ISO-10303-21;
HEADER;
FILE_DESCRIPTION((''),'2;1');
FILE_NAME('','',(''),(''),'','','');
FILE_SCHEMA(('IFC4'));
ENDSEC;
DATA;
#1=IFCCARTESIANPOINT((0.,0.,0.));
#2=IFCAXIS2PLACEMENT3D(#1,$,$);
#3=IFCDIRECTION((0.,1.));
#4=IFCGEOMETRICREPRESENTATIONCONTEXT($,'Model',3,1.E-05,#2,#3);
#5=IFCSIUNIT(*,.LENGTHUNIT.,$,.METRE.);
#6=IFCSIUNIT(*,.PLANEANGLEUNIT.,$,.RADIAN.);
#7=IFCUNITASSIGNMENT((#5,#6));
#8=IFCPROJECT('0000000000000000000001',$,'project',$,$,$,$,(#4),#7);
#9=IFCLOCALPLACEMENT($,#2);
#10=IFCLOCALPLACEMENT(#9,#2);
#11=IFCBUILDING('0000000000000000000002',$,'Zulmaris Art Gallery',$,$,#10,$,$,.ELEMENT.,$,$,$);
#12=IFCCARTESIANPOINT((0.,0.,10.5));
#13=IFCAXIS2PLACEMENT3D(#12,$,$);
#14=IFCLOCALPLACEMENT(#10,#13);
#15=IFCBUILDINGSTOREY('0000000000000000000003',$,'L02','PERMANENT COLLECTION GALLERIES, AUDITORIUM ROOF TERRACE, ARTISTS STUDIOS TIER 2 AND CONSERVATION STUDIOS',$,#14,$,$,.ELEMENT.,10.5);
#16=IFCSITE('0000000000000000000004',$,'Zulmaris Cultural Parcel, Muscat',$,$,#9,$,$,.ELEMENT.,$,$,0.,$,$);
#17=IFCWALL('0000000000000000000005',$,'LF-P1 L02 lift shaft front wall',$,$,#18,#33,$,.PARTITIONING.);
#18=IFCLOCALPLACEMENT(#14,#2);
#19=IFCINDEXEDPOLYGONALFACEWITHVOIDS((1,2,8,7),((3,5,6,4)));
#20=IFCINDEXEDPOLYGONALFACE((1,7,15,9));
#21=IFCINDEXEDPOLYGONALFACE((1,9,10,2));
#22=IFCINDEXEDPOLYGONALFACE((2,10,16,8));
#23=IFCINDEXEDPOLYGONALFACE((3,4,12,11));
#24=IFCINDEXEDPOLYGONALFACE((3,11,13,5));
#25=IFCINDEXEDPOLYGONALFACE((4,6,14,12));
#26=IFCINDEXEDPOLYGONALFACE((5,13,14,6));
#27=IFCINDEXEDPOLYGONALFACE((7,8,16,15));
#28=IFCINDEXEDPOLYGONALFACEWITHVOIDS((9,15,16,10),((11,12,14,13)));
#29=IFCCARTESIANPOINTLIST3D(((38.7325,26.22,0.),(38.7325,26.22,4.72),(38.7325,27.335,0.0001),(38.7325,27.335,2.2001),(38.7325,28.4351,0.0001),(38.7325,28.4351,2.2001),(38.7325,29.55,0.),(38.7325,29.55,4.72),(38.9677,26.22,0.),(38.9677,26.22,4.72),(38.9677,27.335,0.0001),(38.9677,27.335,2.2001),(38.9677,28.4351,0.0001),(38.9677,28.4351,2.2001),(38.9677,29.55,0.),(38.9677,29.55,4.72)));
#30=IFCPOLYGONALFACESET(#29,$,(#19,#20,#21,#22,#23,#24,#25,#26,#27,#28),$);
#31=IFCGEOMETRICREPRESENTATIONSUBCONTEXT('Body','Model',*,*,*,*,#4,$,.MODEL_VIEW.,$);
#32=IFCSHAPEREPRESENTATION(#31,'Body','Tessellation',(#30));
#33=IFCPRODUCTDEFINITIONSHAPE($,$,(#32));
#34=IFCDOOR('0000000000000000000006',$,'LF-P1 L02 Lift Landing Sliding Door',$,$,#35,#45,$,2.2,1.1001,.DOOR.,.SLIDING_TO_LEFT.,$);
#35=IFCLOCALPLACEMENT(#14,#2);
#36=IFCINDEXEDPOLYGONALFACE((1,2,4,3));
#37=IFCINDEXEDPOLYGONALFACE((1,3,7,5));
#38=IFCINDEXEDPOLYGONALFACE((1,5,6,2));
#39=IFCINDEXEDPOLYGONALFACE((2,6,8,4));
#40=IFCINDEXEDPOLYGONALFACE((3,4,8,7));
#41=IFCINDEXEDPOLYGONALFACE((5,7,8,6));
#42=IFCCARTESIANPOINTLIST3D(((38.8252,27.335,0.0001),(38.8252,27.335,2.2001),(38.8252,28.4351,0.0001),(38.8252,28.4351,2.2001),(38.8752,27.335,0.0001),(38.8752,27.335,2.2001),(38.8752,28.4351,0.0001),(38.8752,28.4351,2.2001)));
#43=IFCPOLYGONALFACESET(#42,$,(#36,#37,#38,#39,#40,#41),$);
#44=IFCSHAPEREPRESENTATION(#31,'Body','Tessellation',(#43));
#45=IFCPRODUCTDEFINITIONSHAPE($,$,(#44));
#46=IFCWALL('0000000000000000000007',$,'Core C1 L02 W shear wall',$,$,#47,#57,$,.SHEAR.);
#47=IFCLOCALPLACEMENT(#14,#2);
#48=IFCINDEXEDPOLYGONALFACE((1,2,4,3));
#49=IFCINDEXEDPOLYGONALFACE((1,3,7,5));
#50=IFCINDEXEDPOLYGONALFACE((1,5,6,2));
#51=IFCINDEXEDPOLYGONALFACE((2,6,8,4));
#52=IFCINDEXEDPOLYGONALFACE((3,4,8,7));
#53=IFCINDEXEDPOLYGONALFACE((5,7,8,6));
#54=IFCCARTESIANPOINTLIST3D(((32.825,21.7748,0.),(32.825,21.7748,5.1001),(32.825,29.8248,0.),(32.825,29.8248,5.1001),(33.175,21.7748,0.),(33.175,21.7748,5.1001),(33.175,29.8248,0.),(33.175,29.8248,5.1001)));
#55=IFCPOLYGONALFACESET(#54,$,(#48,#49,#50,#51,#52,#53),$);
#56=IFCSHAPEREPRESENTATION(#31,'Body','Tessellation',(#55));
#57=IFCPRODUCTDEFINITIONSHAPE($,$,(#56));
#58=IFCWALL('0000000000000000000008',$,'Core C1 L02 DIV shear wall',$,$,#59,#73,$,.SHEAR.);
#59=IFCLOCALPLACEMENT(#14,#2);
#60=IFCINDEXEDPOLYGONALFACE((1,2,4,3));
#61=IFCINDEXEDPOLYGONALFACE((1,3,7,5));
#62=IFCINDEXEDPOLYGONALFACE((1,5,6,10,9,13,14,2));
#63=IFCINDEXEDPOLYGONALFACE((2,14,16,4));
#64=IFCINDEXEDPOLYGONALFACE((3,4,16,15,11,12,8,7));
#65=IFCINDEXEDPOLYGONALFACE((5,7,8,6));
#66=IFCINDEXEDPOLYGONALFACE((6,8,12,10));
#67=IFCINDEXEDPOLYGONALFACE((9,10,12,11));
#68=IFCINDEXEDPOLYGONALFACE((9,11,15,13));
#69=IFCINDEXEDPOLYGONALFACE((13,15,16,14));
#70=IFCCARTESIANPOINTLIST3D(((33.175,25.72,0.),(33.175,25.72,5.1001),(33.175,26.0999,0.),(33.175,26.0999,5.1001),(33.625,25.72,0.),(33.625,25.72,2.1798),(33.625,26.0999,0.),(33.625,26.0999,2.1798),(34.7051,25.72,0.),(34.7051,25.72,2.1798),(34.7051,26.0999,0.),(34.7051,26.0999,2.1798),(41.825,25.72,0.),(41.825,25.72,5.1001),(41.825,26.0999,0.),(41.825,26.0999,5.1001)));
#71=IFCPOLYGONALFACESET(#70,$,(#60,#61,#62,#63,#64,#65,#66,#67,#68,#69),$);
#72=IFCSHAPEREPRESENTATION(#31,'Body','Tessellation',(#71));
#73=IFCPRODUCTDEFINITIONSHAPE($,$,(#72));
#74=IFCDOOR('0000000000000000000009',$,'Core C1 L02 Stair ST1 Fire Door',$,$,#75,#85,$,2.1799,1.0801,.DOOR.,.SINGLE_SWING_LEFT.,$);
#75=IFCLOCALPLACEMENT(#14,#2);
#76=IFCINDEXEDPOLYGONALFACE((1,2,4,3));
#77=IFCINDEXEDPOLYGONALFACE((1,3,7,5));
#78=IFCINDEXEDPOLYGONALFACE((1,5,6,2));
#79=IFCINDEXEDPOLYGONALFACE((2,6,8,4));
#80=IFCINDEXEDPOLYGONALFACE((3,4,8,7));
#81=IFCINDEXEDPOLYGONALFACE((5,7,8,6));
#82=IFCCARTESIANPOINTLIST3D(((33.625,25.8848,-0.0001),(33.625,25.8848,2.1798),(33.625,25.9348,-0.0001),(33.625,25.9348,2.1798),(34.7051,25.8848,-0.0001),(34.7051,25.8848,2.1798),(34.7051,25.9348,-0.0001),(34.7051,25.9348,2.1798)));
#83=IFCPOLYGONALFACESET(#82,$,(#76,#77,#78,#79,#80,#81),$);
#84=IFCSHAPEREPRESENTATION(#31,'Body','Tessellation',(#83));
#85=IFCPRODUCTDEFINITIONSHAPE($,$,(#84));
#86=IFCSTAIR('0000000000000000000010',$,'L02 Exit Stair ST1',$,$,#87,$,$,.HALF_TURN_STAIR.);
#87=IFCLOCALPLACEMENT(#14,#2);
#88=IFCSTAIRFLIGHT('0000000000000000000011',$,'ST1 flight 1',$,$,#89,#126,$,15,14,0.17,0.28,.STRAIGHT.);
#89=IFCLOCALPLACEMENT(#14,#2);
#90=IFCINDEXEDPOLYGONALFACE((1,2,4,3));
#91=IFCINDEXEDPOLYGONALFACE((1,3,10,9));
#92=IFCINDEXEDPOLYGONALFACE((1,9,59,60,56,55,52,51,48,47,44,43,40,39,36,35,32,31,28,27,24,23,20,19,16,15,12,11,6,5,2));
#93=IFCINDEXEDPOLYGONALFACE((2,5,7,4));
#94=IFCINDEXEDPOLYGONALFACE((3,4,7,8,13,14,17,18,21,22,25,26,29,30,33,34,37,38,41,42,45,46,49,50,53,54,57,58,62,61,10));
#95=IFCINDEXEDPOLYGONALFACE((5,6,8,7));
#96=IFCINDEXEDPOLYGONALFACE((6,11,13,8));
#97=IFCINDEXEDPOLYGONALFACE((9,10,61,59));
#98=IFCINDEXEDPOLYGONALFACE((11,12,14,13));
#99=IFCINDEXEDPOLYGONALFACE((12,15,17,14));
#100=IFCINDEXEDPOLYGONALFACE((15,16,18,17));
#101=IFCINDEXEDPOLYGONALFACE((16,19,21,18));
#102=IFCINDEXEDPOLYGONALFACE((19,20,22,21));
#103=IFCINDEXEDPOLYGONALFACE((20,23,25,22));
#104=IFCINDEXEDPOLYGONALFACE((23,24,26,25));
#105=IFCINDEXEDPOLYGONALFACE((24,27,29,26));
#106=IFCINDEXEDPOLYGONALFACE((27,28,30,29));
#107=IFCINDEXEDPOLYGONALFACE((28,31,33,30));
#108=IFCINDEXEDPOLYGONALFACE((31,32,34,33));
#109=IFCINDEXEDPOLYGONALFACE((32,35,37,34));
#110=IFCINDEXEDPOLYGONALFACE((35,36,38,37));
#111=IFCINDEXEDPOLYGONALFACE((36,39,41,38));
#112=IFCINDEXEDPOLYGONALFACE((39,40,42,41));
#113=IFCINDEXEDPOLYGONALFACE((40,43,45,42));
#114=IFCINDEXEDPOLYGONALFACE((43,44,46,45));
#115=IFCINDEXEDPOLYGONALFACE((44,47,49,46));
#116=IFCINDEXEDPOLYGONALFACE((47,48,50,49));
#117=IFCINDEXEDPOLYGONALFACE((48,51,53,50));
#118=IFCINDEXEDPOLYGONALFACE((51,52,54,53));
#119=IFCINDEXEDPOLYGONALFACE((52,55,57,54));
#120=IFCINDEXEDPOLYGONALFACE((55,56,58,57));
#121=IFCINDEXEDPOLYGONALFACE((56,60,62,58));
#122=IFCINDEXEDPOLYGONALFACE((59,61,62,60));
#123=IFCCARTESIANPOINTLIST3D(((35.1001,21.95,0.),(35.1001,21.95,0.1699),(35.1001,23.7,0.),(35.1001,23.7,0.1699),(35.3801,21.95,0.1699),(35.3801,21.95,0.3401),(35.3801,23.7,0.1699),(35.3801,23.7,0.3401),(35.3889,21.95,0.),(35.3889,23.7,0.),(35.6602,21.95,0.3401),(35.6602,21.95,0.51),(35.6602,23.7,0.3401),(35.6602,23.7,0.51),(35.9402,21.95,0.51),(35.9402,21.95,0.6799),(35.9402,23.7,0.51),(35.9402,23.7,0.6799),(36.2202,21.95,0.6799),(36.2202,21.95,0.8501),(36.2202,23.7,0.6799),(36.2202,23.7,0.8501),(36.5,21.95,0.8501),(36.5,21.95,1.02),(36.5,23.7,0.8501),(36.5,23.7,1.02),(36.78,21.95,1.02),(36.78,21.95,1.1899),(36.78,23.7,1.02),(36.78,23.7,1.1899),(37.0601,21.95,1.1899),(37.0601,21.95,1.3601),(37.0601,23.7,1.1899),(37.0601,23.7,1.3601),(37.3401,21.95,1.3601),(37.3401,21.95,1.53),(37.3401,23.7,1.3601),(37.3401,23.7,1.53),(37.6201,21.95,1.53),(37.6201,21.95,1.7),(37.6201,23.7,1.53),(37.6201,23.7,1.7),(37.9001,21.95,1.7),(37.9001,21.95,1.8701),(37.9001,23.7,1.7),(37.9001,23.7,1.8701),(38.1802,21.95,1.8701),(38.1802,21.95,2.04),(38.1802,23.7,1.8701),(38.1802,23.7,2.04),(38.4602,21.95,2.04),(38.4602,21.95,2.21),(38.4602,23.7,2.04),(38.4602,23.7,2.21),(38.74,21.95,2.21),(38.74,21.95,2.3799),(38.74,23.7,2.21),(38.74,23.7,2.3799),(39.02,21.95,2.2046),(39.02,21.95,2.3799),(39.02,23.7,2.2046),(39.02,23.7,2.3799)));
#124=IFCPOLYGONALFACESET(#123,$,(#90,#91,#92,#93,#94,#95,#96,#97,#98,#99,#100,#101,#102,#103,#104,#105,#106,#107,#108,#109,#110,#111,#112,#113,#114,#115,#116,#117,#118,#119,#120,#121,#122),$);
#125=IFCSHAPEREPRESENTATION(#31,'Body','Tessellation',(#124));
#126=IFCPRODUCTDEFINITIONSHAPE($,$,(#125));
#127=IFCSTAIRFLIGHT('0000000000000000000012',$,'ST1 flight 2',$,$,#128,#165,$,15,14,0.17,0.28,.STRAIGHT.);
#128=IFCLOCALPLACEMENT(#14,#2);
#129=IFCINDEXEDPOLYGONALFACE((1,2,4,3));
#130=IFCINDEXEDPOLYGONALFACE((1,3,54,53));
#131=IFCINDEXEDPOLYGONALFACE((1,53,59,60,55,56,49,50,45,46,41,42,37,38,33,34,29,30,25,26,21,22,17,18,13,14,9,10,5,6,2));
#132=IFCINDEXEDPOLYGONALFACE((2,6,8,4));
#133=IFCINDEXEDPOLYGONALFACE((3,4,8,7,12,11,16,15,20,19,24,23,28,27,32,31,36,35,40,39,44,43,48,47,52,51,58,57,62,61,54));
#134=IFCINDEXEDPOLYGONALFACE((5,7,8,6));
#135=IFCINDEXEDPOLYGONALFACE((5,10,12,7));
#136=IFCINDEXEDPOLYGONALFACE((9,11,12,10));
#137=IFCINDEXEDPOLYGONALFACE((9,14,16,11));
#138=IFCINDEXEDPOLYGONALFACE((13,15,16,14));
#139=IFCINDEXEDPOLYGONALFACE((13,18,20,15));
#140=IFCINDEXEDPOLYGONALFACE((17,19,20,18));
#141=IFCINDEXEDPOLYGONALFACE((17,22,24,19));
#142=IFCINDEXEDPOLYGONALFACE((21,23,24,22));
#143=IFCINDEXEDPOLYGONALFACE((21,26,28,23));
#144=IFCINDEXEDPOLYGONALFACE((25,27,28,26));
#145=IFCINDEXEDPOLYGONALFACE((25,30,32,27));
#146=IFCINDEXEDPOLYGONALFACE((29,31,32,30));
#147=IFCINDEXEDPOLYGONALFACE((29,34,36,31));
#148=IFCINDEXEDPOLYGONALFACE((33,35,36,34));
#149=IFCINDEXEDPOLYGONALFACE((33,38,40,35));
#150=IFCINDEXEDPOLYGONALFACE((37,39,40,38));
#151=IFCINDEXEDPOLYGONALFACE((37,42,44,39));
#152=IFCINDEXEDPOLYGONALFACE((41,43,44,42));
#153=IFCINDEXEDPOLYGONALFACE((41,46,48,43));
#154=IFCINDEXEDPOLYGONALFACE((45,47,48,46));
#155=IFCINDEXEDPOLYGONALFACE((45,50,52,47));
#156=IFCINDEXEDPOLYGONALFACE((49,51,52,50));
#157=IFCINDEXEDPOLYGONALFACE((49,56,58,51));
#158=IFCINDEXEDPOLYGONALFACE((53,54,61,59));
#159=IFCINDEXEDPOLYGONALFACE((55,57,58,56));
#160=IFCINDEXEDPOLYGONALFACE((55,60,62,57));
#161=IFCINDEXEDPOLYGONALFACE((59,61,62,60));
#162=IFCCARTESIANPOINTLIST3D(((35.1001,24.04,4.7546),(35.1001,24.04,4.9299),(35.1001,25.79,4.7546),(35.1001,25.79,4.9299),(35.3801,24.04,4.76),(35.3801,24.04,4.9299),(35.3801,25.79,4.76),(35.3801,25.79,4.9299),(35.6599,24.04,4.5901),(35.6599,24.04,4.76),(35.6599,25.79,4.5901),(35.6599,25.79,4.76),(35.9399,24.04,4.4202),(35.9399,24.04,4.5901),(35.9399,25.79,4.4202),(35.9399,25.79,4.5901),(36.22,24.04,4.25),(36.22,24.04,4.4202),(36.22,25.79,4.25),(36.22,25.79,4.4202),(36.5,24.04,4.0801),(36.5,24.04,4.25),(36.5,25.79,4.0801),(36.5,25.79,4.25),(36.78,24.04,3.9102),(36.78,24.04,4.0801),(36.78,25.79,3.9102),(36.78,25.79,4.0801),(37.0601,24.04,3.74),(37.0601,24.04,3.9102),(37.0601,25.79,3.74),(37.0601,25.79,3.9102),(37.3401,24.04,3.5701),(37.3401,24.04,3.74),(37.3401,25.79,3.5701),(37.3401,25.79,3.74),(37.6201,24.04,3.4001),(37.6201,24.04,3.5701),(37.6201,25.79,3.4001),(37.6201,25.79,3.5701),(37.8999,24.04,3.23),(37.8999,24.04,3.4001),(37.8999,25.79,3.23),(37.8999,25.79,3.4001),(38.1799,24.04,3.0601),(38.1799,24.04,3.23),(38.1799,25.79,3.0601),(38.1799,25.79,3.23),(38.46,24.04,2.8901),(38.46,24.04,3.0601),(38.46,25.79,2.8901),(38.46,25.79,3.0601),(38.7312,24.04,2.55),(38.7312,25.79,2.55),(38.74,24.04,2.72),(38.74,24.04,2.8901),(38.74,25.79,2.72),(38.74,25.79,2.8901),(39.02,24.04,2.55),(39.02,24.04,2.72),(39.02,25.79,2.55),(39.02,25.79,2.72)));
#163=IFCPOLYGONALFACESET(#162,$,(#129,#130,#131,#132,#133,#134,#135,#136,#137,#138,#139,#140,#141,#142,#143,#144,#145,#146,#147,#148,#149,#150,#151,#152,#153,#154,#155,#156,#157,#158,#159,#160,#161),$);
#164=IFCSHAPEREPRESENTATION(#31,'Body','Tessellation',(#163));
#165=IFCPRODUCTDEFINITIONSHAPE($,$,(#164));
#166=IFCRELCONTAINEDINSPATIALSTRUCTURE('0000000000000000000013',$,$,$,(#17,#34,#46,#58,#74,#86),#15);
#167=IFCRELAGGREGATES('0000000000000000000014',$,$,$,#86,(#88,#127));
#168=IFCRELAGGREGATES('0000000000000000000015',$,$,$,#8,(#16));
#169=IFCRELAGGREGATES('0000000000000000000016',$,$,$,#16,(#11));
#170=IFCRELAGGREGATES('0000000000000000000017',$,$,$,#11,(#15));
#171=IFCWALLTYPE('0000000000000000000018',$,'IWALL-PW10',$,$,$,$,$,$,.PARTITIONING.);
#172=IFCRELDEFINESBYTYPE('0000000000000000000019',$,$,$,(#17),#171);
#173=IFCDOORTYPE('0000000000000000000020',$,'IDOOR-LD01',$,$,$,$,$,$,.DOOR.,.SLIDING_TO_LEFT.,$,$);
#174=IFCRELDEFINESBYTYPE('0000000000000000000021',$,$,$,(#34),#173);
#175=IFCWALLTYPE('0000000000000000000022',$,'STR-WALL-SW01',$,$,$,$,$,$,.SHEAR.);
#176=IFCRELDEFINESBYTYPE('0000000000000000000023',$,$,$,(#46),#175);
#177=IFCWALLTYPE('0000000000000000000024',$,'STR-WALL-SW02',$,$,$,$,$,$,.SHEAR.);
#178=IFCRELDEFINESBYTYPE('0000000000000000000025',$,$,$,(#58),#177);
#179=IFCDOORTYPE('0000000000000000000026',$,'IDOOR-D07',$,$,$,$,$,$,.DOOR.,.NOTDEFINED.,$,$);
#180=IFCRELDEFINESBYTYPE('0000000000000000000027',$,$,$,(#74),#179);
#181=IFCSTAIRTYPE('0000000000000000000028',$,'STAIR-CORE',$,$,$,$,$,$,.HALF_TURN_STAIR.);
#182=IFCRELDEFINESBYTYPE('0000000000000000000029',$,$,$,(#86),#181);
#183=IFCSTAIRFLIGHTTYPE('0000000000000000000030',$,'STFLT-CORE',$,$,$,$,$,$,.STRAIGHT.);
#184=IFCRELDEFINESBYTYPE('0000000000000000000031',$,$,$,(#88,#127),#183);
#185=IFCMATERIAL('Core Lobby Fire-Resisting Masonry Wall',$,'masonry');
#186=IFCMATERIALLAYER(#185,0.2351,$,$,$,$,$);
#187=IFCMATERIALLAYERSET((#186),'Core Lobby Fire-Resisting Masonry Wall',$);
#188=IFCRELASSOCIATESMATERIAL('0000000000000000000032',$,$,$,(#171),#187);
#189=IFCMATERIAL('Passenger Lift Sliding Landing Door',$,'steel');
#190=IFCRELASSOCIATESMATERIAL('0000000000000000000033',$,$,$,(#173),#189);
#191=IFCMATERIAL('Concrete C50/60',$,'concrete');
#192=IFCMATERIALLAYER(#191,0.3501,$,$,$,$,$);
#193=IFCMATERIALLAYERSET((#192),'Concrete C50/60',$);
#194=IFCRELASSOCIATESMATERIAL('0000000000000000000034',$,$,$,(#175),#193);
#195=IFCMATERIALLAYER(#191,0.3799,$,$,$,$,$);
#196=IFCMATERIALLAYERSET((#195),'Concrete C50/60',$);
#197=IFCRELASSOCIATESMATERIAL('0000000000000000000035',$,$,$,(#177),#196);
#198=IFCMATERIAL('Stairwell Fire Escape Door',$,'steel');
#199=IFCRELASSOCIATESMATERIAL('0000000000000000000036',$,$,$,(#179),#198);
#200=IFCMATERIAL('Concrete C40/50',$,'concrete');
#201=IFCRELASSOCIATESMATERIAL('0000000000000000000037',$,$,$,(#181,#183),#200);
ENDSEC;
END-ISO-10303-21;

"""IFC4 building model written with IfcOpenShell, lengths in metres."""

from ifc_helpers import new_model, si_unit, direction, frame, frame_2d, origin, place, context, subcontext, project, spatial, polyline, rectangle, outline, extrude, material, layer, layer_set, type_object, element, fill, aggregate, save


model = new_model("IFC4")

# Units and contexts
model_context = context("Model", 3, precision=1e-05, world=origin(), true_north=direction((0.0, 1.0)))
body_context = subcontext(model_context, "Body", "Model", "MODEL_VIEW")
ifc_project = project(units=[si_unit("LENGTHUNIT", "METRE"), si_unit("PLANEANGLEUNIT", "RADIAN")], contexts=[model_context])

# Site, building, storey
site_placement = place(None, origin())
site = spatial("IfcSite", under=ifc_project, at=site_placement, Name="Zulmaris Cultural Parcel, Muscat", CompositionType="ELEMENT", RefElevation=0.0)
building_placement = place(site_placement, origin())
building = spatial("IfcBuilding", under=site, at=building_placement, Name="Zulmaris Art Gallery", CompositionType="ELEMENT")
storey_placement = place(building_placement, frame((0.0, 0.0, 10.5)))
storey = spatial("IfcBuildingStorey", under=building, at=storey_placement, Name="L02", Description="PERMANENT COLLECTION GALLERIES, AUDITORIUM ROOF TERRACE, ARTISTS STUDIOS TIER 2 AND CONSERVATION STUDIOS", CompositionType="ELEMENT", Elevation=10.5)

# Shared definitions
ifc_material_1 = material(Name="Concrete C40/50", Category="concrete")
ifc_material_2 = material(Name="Concrete C50/60", Category="concrete")

# Wall, opening, door
ifc_material_3 = material(Name="Core Lobby Fire-Resisting Masonry Wall", Category="masonry")
ifc_layer_1 = layer(ifc_material_3, 0.2351)
ifc_layer_set_1 = layer_set([ifc_layer_1], Name="Core Lobby Fire-Resisting Masonry Wall")
wall_type_1 = type_object("IfcWallType", Name="IWALL-PW10", PredefinedType="PARTITIONING", material=ifc_layer_set_1)
wall_1_placement = place(storey_placement, frame((38.8501, 26.22, 0.0), z_axis=(0.0, 0.0, 1.0), x_axis=(0.0, 1.0, 0.0)))
wall_1 = element("IfcWall", 1, at=wall_1_placement, inside=storey, type_object=wall_type_1, Name="LF-P1 L02 lift shaft front wall", PredefinedType="PARTITIONING", context=body_context, shape_type="SweptSolid", body=[
    extrude(rectangle(XDim=3.3301, YDim=0.2351, at=frame_2d((1.665, 0.0))), origin(), (0.0, 0.0, 1.0), 4.72),
])
opening_1_placement = place(wall_1_placement, frame((1.115, 0.0, 0.0)))
opening_1 = element("IfcOpeningElement", 2, at=opening_1_placement, cuts=wall_1, PredefinedType="OPENING", context=body_context, shape_type="SweptSolid", body=[
    extrude(rectangle(XDim=1.1001, YDim=2.2, at=frame_2d((0.55, 1.1001))), frame((0.0, 0.1274, 0.0), z_axis=(0.0, -1.0, 0.0), x_axis=(1.0, 0.0, 0.0)), (0.0, 0.0, 1.0), 0.2551),
])
ifc_material_4 = material(Name="Passenger Lift Sliding Landing Door", Category="steel")
door_type_1 = type_object("IfcDoorType", Name="IDOOR-LD01", OperationType="SLIDING_TO_LEFT", PredefinedType="DOOR", material=ifc_material_4)
door_1_placement = place(opening_1_placement, origin())
door_1 = element("IfcDoor", 3, at=door_1_placement, inside=storey, type_object=door_type_1, Name="LF-P1 L02 Lift Landing Sliding Door", OperationType="SLIDING_TO_LEFT", OverallHeight=2.2, OverallWidth=1.1001, PredefinedType="DOOR", context=body_context, shape_type="SweptSolid", body=[
    extrude(rectangle(XDim=1.1001, YDim=2.2, at=frame_2d((0.55, 1.1001))), frame((0.0, 0.0249, 0.0), z_axis=(0.0, -1.0, 0.0), x_axis=(1.0, 0.0, 0.0)), (0.0, 0.0, 1.0), 0.05),
])
fill(opening_1, door_1)

# Wall
ifc_layer_2 = layer(ifc_material_2, 0.3501)
ifc_layer_set_2 = layer_set([ifc_layer_2], Name="Concrete C50/60")
wall_type_2 = type_object("IfcWallType", Name="STR-WALL-SW01", PredefinedType="SHEAR", material=ifc_layer_set_2)
wall_2_placement = place(storey_placement, frame((33.0, 21.7749, 0.0), z_axis=(0.0, 0.0, 1.0), x_axis=(0.0, 1.0, 0.0)))
element("IfcWall", 4, at=wall_2_placement, inside=storey, type_object=wall_type_2, Name="Core C1 L02 W shear wall", PredefinedType="SHEAR", context=body_context, shape_type="SweptSolid", body=[
    extrude(rectangle(XDim=8.05, YDim=0.3501, at=frame_2d((4.0249, 0.0))), origin(), (0.0, 0.0, 1.0), 5.1001),
])

# Wall, opening, door
ifc_layer_3 = layer(ifc_material_2, 0.3799)
ifc_layer_set_3 = layer_set([ifc_layer_3], Name="Concrete C50/60")
wall_type_3 = type_object("IfcWallType", Name="STR-WALL-SW02", PredefinedType="SHEAR", material=ifc_layer_set_3)
wall_3_placement = place(storey_placement, frame((33.175, 25.9099, 0.0), z_axis=(0.0, 0.0, 1.0), x_axis=(1.0, 0.0, 0.0)))
wall_3 = element("IfcWall", 5, at=wall_3_placement, inside=storey, type_object=wall_type_3, Name="Core C1 L02 DIV shear wall", PredefinedType="SHEAR", context=body_context, shape_type="SweptSolid", body=[
    extrude(rectangle(XDim=8.6499, YDim=0.3799, at=frame_2d((4.325, 0.0))), origin(), (0.0, 0.0, 1.0), 5.1001),
])
opening_2_placement = place(wall_3_placement, frame((0.45, 0.0, 0.0)))
opening_2 = element("IfcOpeningElement", 6, at=opening_2_placement, cuts=wall_3, PredefinedType="OPENING", context=body_context, shape_type="SweptSolid", body=[
    extrude(rectangle(XDim=1.0801, YDim=2.1799, at=frame_2d((0.54, 1.0898))), frame((0.0, 0.2, 0.0), z_axis=(0.0, -1.0, 0.0), x_axis=(1.0, 0.0, 0.0)), (0.0, 0.0, 1.0), 0.3999),
])
ifc_material_5 = material(Name="Stairwell Fire Escape Door", Category="steel")
door_type_2 = type_object("IfcDoorType", Name="IDOOR-D07", OperationType="NOTDEFINED", PredefinedType="DOOR", material=ifc_material_5)
door_2_placement = place(opening_2_placement, origin())
door_2 = element("IfcDoor", 7, at=door_2_placement, inside=storey, type_object=door_type_2, Name="Core C1 L02 Stair ST1 Fire Door", OperationType="SINGLE_SWING_LEFT", OverallHeight=2.1799, OverallWidth=1.0801, PredefinedType="DOOR", context=body_context, shape_type="SweptSolid", body=[
    extrude(rectangle(XDim=1.0801, YDim=2.1799, at=frame_2d((0.54, 1.0898))), frame((0.0, 0.0249, 0.0), z_axis=(0.0, -1.0, 0.0), x_axis=(1.0, 0.0, 0.0)), (0.0, 0.0, 1.0), 0.05),
])
fill(opening_2, door_2)

# Stair, stair flights
stair_type = type_object("IfcStairType", Name="STAIR-CORE", PredefinedType="HALF_TURN_STAIR", material=ifc_material_1)
stair_placement = place(storey_placement, origin())
stair = element("IfcStair", 8, at=stair_placement, inside=storey, type_object=stair_type, Name="L02 Exit Stair ST1", PredefinedType="HALF_TURN_STAIR")
stair_flight_type = type_object("IfcStairFlightType", Name="STFLT-CORE", PredefinedType="STRAIGHT", material=ifc_material_1)
stair_flight_1_placement = place(storey_placement, frame((35.1001, 22.825, 0.0), z_axis=(0.0, 0.0, 1.0), x_axis=(1.0, 0.0, 0.0)))
stair_flight_1 = element("IfcStairFlight", 9, at=stair_flight_1_placement, type_object=stair_flight_type, Name="ST1 flight 1", NumberOfRisers=15, NumberOfTreads=14, PredefinedType="STRAIGHT", RiserHeight=0.17, TreadLength=0.28, context=body_context, shape_type="SweptSolid", body=[
    extrude(outline(polyline([(0.0, 0.0), (0.0, 0.1699), (0.28, 0.1699), (0.28, 0.3401), (0.5601, 0.3401), (0.5601, 0.51), (0.8401, 0.51), (0.8401, 0.6799), (1.1201, 0.6799), (1.1201, 0.8501), (1.3999, 0.8501), (1.3999, 1.02), (1.6799, 1.02), (1.6799, 1.1899), (1.96, 1.1899), (1.96, 1.3601), (2.24, 1.3601), (2.24, 1.53), (2.52, 1.53), (2.52, 1.7), (2.8, 1.7), (2.8, 1.8701), (3.0801, 1.8701), (3.0801, 2.04), (3.3601, 2.04), (3.3601, 2.21), (3.6399, 2.21), (3.6399, 2.3799), (3.9199, 2.3799), (3.9199, 2.55), (3.9199, 2.2046), (0.2888, 0.0), (0.0, 0.0)])), frame((0.0, 0.875, 0.0), z_axis=(0.0, -1.0, 0.0), x_axis=(1.0, 0.0, 0.0)), (0.0, 0.0, 1.0), 1.75),
])
stair_flight_2_placement = place(storey_placement, frame((39.02, 24.915, 2.55), z_axis=(0.0, 0.0, 1.0), x_axis=(-1.0, 0.0, 0.0)))
stair_flight_2 = element("IfcStairFlight", 10, at=stair_flight_2_placement, type_object=stair_flight_type, Name="ST1 flight 2", NumberOfRisers=15, NumberOfTreads=14, PredefinedType="STRAIGHT", RiserHeight=0.17, TreadLength=0.28, context=body_context, shape_type="SweptSolid", body=[
    extrude(outline(polyline([(0.0, 0.0), (0.0, 0.1699), (0.28, 0.1699), (0.28, 0.3401), (0.5601, 0.3401), (0.5601, 0.51), (0.8401, 0.51), (0.8401, 0.6799), (1.1201, 0.6799), (1.1201, 0.8501), (1.3999, 0.8501), (1.3999, 1.02), (1.6799, 1.02), (1.6799, 1.1899), (1.96, 1.1899), (1.96, 1.3601), (2.24, 1.3601), (2.24, 1.53), (2.52, 1.53), (2.52, 1.7), (2.8, 1.7), (2.8, 1.8701), (3.0801, 1.8701), (3.0801, 2.04), (3.3601, 2.04), (3.3601, 2.21), (3.6399, 2.21), (3.6399, 2.3799), (3.9199, 2.3799), (3.9199, 2.55), (3.9199, 2.2046), (0.2888, 0.0), (0.0, 0.0)])), frame((0.0, 0.875, 0.0), z_axis=(0.0, -1.0, 0.0), x_axis=(1.0, 0.0, 0.0)), (0.0, 0.0, 1.0), 1.75),
])
aggregate(stair, [stair_flight_1, stair_flight_2])

save(model, "model.ifc")
